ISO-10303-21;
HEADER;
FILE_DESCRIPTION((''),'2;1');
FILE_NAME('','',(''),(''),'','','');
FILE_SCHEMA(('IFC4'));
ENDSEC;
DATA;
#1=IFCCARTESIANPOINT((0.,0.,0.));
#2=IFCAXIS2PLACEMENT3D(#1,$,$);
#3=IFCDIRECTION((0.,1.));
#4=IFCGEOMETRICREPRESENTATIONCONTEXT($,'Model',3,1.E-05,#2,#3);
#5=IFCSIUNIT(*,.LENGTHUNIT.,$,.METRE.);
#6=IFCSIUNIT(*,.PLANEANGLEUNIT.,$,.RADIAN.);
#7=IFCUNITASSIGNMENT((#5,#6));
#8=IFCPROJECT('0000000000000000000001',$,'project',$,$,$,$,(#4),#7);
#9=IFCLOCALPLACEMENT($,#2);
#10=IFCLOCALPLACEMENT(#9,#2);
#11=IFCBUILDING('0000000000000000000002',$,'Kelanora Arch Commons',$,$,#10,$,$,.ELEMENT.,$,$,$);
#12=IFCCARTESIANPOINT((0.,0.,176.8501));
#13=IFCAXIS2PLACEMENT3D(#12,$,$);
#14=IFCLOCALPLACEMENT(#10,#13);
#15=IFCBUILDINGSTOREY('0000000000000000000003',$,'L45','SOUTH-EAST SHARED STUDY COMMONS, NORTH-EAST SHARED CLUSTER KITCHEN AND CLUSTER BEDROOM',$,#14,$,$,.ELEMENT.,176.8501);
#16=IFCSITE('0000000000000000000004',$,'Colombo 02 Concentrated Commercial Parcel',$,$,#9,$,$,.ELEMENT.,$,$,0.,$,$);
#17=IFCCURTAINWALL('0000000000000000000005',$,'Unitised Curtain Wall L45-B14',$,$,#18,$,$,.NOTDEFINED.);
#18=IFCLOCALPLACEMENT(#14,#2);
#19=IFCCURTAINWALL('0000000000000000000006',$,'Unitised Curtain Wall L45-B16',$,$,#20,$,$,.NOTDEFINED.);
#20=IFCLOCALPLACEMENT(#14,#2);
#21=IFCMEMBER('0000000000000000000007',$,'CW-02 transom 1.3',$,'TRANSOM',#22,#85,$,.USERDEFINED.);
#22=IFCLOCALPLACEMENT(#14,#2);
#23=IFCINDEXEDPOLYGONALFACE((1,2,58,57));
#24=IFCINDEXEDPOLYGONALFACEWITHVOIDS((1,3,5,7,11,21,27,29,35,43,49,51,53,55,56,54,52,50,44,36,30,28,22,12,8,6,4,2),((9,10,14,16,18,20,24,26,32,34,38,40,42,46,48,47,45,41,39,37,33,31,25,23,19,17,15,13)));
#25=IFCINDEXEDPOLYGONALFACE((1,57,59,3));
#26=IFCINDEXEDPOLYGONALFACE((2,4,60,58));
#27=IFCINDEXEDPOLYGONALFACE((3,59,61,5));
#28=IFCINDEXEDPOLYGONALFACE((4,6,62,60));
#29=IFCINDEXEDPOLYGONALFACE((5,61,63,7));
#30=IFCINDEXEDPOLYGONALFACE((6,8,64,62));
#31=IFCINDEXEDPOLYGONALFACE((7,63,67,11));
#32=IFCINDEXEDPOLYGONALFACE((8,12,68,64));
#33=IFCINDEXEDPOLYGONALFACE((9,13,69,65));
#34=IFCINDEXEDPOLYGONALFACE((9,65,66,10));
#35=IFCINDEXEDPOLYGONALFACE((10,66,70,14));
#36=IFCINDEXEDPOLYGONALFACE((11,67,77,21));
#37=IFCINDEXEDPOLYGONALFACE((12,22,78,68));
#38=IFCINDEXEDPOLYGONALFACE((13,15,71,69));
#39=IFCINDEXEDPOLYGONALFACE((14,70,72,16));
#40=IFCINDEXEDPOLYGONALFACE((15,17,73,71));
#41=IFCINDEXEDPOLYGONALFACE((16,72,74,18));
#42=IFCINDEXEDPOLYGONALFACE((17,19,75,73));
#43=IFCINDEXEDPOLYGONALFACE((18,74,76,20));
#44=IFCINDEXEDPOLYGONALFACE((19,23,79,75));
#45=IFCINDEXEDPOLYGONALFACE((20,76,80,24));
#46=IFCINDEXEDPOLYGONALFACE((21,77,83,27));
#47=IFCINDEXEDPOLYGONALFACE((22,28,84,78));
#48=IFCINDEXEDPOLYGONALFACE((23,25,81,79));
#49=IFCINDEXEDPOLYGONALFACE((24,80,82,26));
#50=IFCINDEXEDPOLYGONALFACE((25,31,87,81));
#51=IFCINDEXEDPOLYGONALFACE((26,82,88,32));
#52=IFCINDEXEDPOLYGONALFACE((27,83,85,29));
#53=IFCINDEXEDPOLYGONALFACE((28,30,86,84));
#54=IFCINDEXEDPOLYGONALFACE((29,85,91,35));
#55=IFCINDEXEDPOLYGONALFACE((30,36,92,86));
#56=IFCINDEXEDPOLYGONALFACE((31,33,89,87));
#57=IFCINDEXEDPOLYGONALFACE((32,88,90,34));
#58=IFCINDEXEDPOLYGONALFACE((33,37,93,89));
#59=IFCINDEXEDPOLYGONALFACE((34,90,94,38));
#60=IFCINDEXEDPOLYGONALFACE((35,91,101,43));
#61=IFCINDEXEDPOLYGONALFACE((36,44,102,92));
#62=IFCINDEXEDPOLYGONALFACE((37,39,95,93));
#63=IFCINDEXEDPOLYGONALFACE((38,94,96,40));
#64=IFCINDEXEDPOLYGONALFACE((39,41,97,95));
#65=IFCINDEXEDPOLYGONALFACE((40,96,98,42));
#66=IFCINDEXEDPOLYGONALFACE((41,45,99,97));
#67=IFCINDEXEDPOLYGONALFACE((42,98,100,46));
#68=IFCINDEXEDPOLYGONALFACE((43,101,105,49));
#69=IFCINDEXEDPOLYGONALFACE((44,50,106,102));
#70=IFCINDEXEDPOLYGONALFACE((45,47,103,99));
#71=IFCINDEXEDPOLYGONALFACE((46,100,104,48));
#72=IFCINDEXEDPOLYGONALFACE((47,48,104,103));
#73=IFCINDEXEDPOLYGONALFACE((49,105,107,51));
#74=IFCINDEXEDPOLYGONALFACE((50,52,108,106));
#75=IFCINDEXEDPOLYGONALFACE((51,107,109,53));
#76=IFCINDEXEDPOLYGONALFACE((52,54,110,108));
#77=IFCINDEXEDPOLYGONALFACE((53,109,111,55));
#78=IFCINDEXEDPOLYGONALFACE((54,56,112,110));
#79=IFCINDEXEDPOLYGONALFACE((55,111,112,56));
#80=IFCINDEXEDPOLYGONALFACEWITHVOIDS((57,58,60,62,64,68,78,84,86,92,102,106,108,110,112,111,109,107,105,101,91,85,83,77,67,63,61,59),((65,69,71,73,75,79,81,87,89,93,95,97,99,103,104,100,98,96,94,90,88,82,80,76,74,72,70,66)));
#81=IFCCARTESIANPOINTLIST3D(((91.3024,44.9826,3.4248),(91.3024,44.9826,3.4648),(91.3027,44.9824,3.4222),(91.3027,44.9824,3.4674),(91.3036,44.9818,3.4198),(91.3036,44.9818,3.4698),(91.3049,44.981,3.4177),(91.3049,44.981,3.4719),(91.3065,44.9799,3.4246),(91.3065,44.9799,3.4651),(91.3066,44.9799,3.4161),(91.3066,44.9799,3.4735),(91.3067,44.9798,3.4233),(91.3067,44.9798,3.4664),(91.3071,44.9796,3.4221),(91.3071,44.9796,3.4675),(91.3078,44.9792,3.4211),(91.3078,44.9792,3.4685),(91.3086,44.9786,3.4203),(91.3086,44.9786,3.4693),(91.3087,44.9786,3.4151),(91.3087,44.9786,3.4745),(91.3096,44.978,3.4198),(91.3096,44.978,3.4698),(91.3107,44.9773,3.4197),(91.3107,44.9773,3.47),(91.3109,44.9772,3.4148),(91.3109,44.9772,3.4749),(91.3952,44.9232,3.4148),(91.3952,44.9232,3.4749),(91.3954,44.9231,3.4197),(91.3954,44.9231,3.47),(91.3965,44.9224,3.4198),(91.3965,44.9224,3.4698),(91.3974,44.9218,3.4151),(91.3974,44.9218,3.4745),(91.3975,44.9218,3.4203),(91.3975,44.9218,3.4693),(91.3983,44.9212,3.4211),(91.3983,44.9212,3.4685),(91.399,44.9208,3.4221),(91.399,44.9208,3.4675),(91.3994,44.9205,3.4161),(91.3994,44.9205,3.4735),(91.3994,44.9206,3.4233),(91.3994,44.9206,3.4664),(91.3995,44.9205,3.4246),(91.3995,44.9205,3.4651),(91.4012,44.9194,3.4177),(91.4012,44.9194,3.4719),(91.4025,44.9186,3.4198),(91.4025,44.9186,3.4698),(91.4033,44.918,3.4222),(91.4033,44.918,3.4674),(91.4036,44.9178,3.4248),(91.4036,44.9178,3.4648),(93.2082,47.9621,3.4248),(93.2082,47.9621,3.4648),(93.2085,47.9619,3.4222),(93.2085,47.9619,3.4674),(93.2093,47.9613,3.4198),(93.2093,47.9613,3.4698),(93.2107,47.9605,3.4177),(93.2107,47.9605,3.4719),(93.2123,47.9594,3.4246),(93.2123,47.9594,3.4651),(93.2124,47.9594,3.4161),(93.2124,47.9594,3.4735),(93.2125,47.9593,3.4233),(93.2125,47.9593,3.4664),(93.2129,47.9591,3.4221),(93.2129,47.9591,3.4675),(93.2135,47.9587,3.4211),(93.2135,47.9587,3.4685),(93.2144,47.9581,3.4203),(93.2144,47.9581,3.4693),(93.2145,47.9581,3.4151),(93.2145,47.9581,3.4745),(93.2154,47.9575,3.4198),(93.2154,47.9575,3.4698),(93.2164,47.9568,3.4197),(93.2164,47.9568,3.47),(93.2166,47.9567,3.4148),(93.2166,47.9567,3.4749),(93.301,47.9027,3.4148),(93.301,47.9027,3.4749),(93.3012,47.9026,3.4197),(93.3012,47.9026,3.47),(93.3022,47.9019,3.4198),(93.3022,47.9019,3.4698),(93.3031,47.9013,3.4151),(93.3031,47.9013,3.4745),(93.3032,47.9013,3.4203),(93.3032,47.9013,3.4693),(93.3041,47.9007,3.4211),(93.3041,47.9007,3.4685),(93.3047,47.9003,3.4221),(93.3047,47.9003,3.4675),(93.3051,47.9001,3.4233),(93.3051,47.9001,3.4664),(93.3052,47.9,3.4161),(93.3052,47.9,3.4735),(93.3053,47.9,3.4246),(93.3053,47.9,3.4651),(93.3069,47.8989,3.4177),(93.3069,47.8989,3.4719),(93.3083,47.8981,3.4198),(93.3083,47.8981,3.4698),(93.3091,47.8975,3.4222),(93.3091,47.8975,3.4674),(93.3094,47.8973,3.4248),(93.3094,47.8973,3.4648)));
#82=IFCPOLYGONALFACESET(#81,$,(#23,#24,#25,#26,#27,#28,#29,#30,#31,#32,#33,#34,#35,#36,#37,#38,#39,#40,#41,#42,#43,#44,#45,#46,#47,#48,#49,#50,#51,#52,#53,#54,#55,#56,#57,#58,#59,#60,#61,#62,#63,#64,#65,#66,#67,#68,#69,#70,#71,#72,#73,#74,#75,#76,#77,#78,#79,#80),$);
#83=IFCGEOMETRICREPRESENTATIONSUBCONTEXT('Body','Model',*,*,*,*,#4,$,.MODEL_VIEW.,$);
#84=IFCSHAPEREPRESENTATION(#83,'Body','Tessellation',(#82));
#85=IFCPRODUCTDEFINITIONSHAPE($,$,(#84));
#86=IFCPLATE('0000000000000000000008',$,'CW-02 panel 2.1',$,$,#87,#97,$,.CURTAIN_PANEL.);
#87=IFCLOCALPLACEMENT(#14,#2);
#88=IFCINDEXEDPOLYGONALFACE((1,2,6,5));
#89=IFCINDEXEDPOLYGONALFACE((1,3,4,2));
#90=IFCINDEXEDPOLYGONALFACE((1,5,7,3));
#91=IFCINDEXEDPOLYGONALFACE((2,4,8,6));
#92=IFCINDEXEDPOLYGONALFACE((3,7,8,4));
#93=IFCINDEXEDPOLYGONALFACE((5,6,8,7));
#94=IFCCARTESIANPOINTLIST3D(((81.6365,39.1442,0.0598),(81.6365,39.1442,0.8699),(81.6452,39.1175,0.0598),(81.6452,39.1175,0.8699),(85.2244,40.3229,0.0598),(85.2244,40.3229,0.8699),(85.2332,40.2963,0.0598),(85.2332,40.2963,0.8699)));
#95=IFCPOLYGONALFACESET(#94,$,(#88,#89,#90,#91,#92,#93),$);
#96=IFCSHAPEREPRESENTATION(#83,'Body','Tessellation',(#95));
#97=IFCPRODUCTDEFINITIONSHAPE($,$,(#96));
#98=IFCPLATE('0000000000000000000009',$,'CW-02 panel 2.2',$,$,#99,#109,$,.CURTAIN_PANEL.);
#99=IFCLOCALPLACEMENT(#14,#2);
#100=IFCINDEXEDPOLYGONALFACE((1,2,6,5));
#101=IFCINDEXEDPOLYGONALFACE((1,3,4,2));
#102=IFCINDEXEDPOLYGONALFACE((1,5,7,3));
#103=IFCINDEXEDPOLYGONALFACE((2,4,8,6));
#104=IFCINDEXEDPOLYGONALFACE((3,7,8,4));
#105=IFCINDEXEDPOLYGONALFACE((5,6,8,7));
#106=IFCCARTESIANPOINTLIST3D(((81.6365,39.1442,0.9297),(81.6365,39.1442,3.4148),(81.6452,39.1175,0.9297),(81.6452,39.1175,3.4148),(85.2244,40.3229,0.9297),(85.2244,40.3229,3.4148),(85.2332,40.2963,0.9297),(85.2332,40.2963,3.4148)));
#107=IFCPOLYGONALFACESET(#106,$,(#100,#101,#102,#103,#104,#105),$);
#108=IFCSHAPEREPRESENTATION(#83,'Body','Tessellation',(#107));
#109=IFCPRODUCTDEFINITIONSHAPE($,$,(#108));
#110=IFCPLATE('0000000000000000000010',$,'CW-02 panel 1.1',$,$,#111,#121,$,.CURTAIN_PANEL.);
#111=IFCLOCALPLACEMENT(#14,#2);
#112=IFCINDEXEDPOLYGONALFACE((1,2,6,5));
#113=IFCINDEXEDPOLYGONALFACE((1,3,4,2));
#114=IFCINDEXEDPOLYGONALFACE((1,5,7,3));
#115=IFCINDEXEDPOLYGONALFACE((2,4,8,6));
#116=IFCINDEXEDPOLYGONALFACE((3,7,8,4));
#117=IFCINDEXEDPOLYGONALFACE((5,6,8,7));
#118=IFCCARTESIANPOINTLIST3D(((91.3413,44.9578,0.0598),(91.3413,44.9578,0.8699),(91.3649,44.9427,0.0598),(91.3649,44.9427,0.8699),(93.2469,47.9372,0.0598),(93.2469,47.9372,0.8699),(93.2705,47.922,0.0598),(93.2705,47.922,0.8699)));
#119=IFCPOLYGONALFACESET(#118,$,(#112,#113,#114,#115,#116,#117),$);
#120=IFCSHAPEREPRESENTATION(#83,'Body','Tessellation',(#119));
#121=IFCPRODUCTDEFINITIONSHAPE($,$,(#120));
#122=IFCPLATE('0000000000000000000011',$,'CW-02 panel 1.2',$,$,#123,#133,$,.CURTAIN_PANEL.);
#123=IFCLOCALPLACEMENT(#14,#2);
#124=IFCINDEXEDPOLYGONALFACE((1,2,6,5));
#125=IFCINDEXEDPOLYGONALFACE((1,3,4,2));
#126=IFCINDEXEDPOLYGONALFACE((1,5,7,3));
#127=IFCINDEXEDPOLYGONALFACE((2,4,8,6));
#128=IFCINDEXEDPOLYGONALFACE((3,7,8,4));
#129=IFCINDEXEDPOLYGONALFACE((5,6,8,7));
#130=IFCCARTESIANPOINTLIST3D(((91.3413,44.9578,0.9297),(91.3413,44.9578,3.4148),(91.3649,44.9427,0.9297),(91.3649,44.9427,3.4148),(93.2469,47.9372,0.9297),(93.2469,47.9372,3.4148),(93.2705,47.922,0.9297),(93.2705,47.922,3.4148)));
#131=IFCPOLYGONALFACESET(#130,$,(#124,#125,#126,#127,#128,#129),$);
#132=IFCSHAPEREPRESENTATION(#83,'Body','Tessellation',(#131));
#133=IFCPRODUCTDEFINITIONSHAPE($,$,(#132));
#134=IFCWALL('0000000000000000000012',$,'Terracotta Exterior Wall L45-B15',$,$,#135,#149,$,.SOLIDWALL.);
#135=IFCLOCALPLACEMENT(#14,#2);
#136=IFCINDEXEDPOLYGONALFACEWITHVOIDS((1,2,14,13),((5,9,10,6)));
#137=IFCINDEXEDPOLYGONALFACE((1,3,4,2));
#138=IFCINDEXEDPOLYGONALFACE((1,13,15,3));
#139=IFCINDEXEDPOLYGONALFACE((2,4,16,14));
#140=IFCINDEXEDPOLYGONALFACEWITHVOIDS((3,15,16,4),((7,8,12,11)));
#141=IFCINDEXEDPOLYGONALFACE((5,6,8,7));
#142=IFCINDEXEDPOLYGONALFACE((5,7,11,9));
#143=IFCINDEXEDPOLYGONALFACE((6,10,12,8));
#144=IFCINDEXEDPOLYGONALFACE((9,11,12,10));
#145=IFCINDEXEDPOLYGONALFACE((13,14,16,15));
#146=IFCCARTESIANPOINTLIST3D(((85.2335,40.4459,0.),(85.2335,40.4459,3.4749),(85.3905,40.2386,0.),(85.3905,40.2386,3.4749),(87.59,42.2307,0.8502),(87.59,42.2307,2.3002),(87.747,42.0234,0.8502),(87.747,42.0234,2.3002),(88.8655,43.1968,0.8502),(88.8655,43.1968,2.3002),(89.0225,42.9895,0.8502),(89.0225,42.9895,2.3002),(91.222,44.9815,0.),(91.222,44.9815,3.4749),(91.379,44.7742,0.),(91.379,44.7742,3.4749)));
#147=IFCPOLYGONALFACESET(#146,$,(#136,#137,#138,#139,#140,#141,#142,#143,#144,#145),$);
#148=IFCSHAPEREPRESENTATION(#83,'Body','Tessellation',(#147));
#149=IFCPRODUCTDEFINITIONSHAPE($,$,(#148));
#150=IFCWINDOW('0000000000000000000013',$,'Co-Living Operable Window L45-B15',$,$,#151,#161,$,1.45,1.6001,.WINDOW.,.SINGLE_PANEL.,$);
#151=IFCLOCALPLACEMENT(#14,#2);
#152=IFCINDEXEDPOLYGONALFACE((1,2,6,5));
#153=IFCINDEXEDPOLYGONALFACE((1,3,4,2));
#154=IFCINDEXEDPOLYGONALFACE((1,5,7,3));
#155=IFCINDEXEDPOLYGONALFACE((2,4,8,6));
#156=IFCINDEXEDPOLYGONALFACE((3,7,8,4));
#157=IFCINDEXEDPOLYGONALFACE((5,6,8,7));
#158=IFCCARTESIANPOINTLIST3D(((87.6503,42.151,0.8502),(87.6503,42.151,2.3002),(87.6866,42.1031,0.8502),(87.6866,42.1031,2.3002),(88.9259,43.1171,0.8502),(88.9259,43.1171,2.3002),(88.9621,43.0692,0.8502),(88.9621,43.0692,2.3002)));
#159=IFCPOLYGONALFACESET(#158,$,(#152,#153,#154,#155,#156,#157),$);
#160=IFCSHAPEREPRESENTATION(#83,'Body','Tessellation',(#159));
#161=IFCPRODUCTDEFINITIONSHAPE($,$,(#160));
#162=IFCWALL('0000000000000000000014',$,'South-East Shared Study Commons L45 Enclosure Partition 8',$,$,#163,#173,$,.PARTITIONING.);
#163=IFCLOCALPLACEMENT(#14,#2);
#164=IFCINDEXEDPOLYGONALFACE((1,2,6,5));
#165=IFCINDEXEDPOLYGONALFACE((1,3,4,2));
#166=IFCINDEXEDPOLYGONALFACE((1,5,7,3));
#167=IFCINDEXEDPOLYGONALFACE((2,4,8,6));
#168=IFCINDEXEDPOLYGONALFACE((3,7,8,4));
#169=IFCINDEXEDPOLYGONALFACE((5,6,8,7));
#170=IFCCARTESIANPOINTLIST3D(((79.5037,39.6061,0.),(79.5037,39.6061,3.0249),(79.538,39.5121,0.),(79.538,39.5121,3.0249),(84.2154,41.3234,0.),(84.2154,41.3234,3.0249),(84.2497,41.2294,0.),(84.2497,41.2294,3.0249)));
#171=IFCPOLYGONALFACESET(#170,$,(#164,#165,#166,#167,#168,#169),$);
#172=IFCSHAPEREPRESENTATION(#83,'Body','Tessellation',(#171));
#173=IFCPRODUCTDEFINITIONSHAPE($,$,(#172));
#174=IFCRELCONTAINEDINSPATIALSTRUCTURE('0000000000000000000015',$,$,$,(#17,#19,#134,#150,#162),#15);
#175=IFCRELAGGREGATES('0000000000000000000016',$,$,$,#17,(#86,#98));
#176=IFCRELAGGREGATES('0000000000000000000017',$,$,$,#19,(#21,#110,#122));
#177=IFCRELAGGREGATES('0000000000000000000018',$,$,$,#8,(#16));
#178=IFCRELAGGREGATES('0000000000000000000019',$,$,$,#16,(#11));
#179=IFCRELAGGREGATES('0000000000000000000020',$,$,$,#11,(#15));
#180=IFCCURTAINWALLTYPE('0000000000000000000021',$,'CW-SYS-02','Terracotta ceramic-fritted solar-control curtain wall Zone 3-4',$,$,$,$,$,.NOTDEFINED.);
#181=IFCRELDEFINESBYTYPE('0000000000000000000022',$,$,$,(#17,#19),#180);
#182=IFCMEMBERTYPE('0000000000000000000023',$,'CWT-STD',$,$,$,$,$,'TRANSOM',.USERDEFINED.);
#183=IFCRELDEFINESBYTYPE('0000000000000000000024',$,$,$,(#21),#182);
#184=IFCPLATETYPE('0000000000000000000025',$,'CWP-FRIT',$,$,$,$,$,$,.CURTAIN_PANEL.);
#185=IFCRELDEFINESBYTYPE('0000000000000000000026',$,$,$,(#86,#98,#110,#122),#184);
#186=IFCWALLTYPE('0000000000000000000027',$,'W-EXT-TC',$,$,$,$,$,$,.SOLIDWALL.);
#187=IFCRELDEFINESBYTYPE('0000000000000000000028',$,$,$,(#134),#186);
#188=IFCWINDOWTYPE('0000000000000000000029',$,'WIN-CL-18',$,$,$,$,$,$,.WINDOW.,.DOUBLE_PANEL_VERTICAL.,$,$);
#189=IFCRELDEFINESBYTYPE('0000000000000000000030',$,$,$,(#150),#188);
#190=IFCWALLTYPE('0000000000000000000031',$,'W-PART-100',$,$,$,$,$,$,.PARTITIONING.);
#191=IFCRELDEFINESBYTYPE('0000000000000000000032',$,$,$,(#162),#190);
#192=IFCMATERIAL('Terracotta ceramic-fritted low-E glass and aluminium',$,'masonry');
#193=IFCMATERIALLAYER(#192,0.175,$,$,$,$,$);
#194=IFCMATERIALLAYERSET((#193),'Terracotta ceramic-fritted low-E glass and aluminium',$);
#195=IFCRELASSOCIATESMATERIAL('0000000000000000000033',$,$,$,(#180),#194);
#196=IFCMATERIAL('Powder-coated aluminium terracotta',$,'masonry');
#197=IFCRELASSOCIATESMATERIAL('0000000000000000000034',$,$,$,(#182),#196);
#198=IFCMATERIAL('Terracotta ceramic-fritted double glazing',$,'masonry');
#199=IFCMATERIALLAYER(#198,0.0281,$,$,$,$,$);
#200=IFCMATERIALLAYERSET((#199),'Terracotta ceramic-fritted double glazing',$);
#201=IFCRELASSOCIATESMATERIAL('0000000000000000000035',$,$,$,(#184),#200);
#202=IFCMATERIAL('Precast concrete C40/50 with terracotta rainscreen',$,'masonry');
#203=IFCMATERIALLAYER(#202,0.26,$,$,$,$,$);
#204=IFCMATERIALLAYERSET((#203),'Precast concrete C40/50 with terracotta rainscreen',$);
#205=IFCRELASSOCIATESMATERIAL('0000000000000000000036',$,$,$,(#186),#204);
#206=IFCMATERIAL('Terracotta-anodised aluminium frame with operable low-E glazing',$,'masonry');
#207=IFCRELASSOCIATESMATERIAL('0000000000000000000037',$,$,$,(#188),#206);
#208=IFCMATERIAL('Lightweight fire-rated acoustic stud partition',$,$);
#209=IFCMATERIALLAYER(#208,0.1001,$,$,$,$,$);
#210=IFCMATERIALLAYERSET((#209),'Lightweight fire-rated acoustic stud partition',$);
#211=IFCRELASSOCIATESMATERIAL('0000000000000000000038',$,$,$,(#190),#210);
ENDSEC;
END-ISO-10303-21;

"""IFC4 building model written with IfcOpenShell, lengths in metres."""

from ifc_helpers import new_model, si_unit, direction, frame, frame_2d, origin, origin_2d, place, context, subcontext, project, spatial, rectangle, hollow_rectangle, extrude, source, transform, mapped, material, layer, layer_set, material_profile, profile_set, type_object, element, fill, aggregate, save


model = new_model("IFC4")

# Units and contexts
model_context = context("Model", 3, precision=1e-05, world=origin(), true_north=direction((0.0, 1.0)))
body_context = subcontext(model_context, "Body", "Model", "MODEL_VIEW")
ifc_project = project(units=[si_unit("LENGTHUNIT", "METRE"), si_unit("PLANEANGLEUNIT", "RADIAN")], contexts=[model_context])

# Site, building, storey
site_placement = place(None, origin())
site = spatial("IfcSite", under=ifc_project, at=site_placement, Name="Colombo 02 Concentrated Commercial Parcel", CompositionType="ELEMENT", RefElevation=0.0)
building_placement = place(site_placement, origin())
building = spatial("IfcBuilding", under=site, at=building_placement, Name="Kelanora Arch Commons", CompositionType="ELEMENT")
storey_placement = place(building_placement, frame((0.0, 0.0, 176.8501)))
storey = spatial("IfcBuildingStorey", under=building, at=storey_placement, Name="L45", Description="SOUTH-EAST SHARED STUDY COMMONS, NORTH-EAST SHARED CLUSTER KITCHEN AND CLUSTER BEDROOM", CompositionType="ELEMENT", Elevation=176.8501)

# Curtain wall
ifc_material_1 = material(Name="Terracotta ceramic-fritted low-E glass and aluminium", Category="masonry")
ifc_layer_1 = layer(ifc_material_1, 0.175)
ifc_layer_set_1 = layer_set([ifc_layer_1], Name="Terracotta ceramic-fritted low-E glass and aluminium")
curtain_wall_type = type_object("IfcCurtainWallType", Name="CW-SYS-02", Description="Terracotta ceramic-fritted solar-control curtain wall Zone 3-4", PredefinedType="NOTDEFINED", material=ifc_layer_set_1)
curtain_wall_1_placement = place(storey_placement, origin())
curtain_wall_1 = element("IfcCurtainWall", 1, at=curtain_wall_1_placement, inside=storey, type_object=curtain_wall_type, Name="Unitised Curtain Wall L45-B14", PredefinedType="NOTDEFINED")
ifc_material_2 = material(Name="Powder-coated aluminium terracotta", Category="masonry")

# Curtain wall, member
curtain_wall_2_placement = place(storey_placement, origin())
curtain_wall_2 = element("IfcCurtainWall", 2, at=curtain_wall_2_placement, inside=storey, type_object=curtain_wall_type, Name="Unitised Curtain Wall L45-B16", PredefinedType="NOTDEFINED")
ifc_material_profile_1 = material_profile(ifc_material_2, hollow_rectangle(XDim=0.1201, YDim=0.0601, WallThickness=0.0049, InnerFilletRadius=0.0049, OuterFilletRadius=0.01, at=origin_2d()), Name="CWT120x60")
ifc_profile_set_1 = profile_set([ifc_material_profile_1], Name="Powder-coated aluminium terracotta")
member_type_1 = type_object("IfcMemberType", Name="CWT-STD", ElementType="TRANSOM", PredefinedType="USERDEFINED", material=ifc_profile_set_1)
member_1_placement = place(storey_placement, frame((91.353, 44.9502, 3.4448), z_axis=(0.53883, 0.842414, 0.0), x_axis=(-0.842414, 0.53883, 0.0)))
member_1 = element("IfcMember", 3, at=member_1_placement, type_object=member_type_1, Name="CW-02 transom 1.3", ObjectType="TRANSOM", PredefinedType="USERDEFINED", context=body_context, shape_type="SweptSolid", body=[
    extrude(hollow_rectangle(XDim=0.1201, YDim=0.0601, WallThickness=0.0049, InnerFilletRadius=0.0049, OuterFilletRadius=0.01, at=origin_2d()), origin(), (0.0, 0.0, 1.0), 3.5369),
])

# Plates
ifc_material_3 = material(Name="Terracotta ceramic-fritted double glazing", Category="masonry")
ifc_layer_2 = layer(ifc_material_3, 0.0281)
ifc_layer_set_2 = layer_set([ifc_layer_2], Name="Terracotta ceramic-fritted double glazing")
plate_type = type_object("IfcPlateType", Name="CWP-FRIT", PredefinedType="CURTAIN_PANEL", material=ifc_layer_set_2)
shared_shape_1 = source(origin(), body_context, "Body", "SweptSolid", [
    extrude(rectangle(XDim=3.7766, YDim=0.0281, at=origin_2d()), origin(), (0.0, 0.0, 1.0), 0.8101),
])
plate_1_placement = place(storey_placement, frame((83.4348, 39.7202, 0.0598), z_axis=(0.0, 0.0, 1.0), x_axis=(0.95004, 0.312128, 0.0)))
plate_1 = element("IfcPlate", 4, at=plate_1_placement, type_object=plate_type, Name="CW-02 panel 2.1", PredefinedType="CURTAIN_PANEL", context=body_context, shape_type="MappedRepresentation", body=[
    mapped(shared_shape_1, transform((0.0, 0.0, 0.0), scale=1.0)),
])
shared_shape_2 = source(origin(), body_context, "Body", "SweptSolid", [
    extrude(rectangle(XDim=3.7766, YDim=0.0281, at=origin_2d()), origin(), (0.0, 0.0, 1.0), 2.4851),
])
plate_2_placement = place(storey_placement, frame((83.4348, 39.7202, 0.9297), z_axis=(0.0, 0.0, 1.0), x_axis=(0.95004, 0.312128, 0.0)))
plate_2 = element("IfcPlate", 5, at=plate_2_placement, type_object=plate_type, Name="CW-02 panel 2.2", PredefinedType="CURTAIN_PANEL", context=body_context, shape_type="MappedRepresentation", body=[
    mapped(shared_shape_2, transform((0.0, 0.0, 0.0), scale=1.0)),
])
aggregate(curtain_wall_1, [plate_1, plate_2])
shared_shape_3 = source(origin(), body_context, "Body", "SweptSolid", [
    extrude(rectangle(XDim=3.5366, YDim=0.0281, at=origin_2d()), origin(), (0.0, 0.0, 1.0), 0.8101),
])
plate_3_placement = place(storey_placement, frame((92.3059, 46.4399, 0.0598), z_axis=(0.0, 0.0, 1.0), x_axis=(0.538817, 0.842423, 0.0)))
plate_3 = element("IfcPlate", 6, at=plate_3_placement, type_object=plate_type, Name="CW-02 panel 1.1", PredefinedType="CURTAIN_PANEL", context=body_context, shape_type="MappedRepresentation", body=[
    mapped(shared_shape_3, transform((0.0, 0.0, 0.0), scale=1.0)),
])
shared_shape_4 = source(origin(), body_context, "Body", "SweptSolid", [
    extrude(rectangle(XDim=3.5366, YDim=0.0281, at=origin_2d()), origin(), (0.0, 0.0, 1.0), 2.4851),
])
plate_4_placement = place(storey_placement, frame((92.3059, 46.4399, 0.9297), z_axis=(0.0, 0.0, 1.0), x_axis=(0.538817, 0.842423, 0.0)))
plate_4 = element("IfcPlate", 7, at=plate_4_placement, type_object=plate_type, Name="CW-02 panel 1.2", PredefinedType="CURTAIN_PANEL", context=body_context, shape_type="MappedRepresentation", body=[
    mapped(shared_shape_4, transform((0.0, 0.0, 0.0), scale=1.0)),
])
aggregate(curtain_wall_2, [member_1, plate_3, plate_4])

# Wall, opening, window
ifc_material_4 = material(Name="Precast concrete C40/50 with terracotta rainscreen", Category="masonry")
ifc_layer_3 = layer(ifc_material_4, 0.26)
ifc_layer_set_3 = layer_set([ifc_layer_3], Name="Precast concrete C40/50 with terracotta rainscreen")
wall_type_1 = type_object("IfcWallType", Name="W-EXT-TC", PredefinedType="SOLIDWALL", material=ifc_layer_set_3)
wall_1_placement = place(storey_placement, frame((85.312, 40.3423, 0.0), z_axis=(0.0, 0.0, 1.0), x_axis=(0.797164, 0.603763, 0.0)))
wall_1 = element("IfcWall", 8, at=wall_1_placement, inside=storey, type_object=wall_type_1, Name="Terracotta Exterior Wall L45-B15", PredefinedType="SOLIDWALL", context=body_context, shape_type="SweptSolid", body=[
    extrude(rectangle(XDim=7.5122, YDim=0.26, at=frame_2d((3.7561, 0.0))), origin(), (0.0, 0.0, 1.0), 3.4749),
])
opening_placement = place(wall_1_placement, frame((2.9561, 0.0, 0.8501)))
opening = element("IfcOpeningElement", 9, at=opening_placement, cuts=wall_1, PredefinedType="OPENING", context=body_context, shape_type="SweptSolid", body=[
    extrude(rectangle(XDim=1.6001, YDim=1.45, at=frame_2d((0.8, 0.7251))), frame((0.0, 0.1401, 0.0), z_axis=(0.0, -1.0, 0.0), x_axis=(1.0, 0.0, 0.0)), (0.0, 0.0, 1.0), 0.28),
])
ifc_material_5 = material(Name="Terracotta-anodised aluminium frame with operable low-E glazing", Category="masonry")
window_type = type_object("IfcWindowType", Name="WIN-CL-18", PartitioningType="DOUBLE_PANEL_VERTICAL", PredefinedType="WINDOW", material=ifc_material_5)
window_placement = place(opening_placement, origin())
window = element("IfcWindow", 10, at=window_placement, inside=storey, type_object=window_type, Name="Co-Living Operable Window L45-B15", OverallHeight=1.45, OverallWidth=1.6001, PartitioningType="SINGLE_PANEL", PredefinedType="WINDOW", context=body_context, shape_type="SweptSolid", body=[
    extrude(rectangle(XDim=1.6001, YDim=1.45, at=frame_2d((0.8, 0.7251))), frame((0.0, 0.03, 0.0), z_axis=(0.0, -1.0, 0.0), x_axis=(1.0, 0.0, 0.0)), (0.0, 0.0, 1.0), 0.0601),
])
fill(opening, window)

# Wall
ifc_material_6 = material(Name="Lightweight fire-rated acoustic stud partition")
ifc_layer_4 = layer(ifc_material_6, 0.1001)
ifc_layer_set_4 = layer_set([ifc_layer_4], Name="Lightweight fire-rated acoustic stud partition")
wall_type_2 = type_object("IfcWallType", Name="W-PART-100", PredefinedType="PARTITIONING", material=ifc_layer_set_4)
wall_2_placement = place(storey_placement, frame((84.2324, 41.2764, 0.0), z_axis=(0.0, 0.0, 1.0), x_axis=(-0.93954, -0.342439, 0.0)))
element("IfcWall", 11, at=wall_2_placement, inside=storey, type_object=wall_type_2, Name="South-East Shared Study Commons L45 Enclosure Partition 8", PredefinedType="PARTITIONING", context=body_context, shape_type="SweptSolid", body=[
    extrude(rectangle(XDim=5.0149, YDim=0.1001, at=frame_2d((2.5073, 0.0))), origin(), (0.0, 0.0, 1.0), 3.0249),
])

save(model, "model.ifc")
